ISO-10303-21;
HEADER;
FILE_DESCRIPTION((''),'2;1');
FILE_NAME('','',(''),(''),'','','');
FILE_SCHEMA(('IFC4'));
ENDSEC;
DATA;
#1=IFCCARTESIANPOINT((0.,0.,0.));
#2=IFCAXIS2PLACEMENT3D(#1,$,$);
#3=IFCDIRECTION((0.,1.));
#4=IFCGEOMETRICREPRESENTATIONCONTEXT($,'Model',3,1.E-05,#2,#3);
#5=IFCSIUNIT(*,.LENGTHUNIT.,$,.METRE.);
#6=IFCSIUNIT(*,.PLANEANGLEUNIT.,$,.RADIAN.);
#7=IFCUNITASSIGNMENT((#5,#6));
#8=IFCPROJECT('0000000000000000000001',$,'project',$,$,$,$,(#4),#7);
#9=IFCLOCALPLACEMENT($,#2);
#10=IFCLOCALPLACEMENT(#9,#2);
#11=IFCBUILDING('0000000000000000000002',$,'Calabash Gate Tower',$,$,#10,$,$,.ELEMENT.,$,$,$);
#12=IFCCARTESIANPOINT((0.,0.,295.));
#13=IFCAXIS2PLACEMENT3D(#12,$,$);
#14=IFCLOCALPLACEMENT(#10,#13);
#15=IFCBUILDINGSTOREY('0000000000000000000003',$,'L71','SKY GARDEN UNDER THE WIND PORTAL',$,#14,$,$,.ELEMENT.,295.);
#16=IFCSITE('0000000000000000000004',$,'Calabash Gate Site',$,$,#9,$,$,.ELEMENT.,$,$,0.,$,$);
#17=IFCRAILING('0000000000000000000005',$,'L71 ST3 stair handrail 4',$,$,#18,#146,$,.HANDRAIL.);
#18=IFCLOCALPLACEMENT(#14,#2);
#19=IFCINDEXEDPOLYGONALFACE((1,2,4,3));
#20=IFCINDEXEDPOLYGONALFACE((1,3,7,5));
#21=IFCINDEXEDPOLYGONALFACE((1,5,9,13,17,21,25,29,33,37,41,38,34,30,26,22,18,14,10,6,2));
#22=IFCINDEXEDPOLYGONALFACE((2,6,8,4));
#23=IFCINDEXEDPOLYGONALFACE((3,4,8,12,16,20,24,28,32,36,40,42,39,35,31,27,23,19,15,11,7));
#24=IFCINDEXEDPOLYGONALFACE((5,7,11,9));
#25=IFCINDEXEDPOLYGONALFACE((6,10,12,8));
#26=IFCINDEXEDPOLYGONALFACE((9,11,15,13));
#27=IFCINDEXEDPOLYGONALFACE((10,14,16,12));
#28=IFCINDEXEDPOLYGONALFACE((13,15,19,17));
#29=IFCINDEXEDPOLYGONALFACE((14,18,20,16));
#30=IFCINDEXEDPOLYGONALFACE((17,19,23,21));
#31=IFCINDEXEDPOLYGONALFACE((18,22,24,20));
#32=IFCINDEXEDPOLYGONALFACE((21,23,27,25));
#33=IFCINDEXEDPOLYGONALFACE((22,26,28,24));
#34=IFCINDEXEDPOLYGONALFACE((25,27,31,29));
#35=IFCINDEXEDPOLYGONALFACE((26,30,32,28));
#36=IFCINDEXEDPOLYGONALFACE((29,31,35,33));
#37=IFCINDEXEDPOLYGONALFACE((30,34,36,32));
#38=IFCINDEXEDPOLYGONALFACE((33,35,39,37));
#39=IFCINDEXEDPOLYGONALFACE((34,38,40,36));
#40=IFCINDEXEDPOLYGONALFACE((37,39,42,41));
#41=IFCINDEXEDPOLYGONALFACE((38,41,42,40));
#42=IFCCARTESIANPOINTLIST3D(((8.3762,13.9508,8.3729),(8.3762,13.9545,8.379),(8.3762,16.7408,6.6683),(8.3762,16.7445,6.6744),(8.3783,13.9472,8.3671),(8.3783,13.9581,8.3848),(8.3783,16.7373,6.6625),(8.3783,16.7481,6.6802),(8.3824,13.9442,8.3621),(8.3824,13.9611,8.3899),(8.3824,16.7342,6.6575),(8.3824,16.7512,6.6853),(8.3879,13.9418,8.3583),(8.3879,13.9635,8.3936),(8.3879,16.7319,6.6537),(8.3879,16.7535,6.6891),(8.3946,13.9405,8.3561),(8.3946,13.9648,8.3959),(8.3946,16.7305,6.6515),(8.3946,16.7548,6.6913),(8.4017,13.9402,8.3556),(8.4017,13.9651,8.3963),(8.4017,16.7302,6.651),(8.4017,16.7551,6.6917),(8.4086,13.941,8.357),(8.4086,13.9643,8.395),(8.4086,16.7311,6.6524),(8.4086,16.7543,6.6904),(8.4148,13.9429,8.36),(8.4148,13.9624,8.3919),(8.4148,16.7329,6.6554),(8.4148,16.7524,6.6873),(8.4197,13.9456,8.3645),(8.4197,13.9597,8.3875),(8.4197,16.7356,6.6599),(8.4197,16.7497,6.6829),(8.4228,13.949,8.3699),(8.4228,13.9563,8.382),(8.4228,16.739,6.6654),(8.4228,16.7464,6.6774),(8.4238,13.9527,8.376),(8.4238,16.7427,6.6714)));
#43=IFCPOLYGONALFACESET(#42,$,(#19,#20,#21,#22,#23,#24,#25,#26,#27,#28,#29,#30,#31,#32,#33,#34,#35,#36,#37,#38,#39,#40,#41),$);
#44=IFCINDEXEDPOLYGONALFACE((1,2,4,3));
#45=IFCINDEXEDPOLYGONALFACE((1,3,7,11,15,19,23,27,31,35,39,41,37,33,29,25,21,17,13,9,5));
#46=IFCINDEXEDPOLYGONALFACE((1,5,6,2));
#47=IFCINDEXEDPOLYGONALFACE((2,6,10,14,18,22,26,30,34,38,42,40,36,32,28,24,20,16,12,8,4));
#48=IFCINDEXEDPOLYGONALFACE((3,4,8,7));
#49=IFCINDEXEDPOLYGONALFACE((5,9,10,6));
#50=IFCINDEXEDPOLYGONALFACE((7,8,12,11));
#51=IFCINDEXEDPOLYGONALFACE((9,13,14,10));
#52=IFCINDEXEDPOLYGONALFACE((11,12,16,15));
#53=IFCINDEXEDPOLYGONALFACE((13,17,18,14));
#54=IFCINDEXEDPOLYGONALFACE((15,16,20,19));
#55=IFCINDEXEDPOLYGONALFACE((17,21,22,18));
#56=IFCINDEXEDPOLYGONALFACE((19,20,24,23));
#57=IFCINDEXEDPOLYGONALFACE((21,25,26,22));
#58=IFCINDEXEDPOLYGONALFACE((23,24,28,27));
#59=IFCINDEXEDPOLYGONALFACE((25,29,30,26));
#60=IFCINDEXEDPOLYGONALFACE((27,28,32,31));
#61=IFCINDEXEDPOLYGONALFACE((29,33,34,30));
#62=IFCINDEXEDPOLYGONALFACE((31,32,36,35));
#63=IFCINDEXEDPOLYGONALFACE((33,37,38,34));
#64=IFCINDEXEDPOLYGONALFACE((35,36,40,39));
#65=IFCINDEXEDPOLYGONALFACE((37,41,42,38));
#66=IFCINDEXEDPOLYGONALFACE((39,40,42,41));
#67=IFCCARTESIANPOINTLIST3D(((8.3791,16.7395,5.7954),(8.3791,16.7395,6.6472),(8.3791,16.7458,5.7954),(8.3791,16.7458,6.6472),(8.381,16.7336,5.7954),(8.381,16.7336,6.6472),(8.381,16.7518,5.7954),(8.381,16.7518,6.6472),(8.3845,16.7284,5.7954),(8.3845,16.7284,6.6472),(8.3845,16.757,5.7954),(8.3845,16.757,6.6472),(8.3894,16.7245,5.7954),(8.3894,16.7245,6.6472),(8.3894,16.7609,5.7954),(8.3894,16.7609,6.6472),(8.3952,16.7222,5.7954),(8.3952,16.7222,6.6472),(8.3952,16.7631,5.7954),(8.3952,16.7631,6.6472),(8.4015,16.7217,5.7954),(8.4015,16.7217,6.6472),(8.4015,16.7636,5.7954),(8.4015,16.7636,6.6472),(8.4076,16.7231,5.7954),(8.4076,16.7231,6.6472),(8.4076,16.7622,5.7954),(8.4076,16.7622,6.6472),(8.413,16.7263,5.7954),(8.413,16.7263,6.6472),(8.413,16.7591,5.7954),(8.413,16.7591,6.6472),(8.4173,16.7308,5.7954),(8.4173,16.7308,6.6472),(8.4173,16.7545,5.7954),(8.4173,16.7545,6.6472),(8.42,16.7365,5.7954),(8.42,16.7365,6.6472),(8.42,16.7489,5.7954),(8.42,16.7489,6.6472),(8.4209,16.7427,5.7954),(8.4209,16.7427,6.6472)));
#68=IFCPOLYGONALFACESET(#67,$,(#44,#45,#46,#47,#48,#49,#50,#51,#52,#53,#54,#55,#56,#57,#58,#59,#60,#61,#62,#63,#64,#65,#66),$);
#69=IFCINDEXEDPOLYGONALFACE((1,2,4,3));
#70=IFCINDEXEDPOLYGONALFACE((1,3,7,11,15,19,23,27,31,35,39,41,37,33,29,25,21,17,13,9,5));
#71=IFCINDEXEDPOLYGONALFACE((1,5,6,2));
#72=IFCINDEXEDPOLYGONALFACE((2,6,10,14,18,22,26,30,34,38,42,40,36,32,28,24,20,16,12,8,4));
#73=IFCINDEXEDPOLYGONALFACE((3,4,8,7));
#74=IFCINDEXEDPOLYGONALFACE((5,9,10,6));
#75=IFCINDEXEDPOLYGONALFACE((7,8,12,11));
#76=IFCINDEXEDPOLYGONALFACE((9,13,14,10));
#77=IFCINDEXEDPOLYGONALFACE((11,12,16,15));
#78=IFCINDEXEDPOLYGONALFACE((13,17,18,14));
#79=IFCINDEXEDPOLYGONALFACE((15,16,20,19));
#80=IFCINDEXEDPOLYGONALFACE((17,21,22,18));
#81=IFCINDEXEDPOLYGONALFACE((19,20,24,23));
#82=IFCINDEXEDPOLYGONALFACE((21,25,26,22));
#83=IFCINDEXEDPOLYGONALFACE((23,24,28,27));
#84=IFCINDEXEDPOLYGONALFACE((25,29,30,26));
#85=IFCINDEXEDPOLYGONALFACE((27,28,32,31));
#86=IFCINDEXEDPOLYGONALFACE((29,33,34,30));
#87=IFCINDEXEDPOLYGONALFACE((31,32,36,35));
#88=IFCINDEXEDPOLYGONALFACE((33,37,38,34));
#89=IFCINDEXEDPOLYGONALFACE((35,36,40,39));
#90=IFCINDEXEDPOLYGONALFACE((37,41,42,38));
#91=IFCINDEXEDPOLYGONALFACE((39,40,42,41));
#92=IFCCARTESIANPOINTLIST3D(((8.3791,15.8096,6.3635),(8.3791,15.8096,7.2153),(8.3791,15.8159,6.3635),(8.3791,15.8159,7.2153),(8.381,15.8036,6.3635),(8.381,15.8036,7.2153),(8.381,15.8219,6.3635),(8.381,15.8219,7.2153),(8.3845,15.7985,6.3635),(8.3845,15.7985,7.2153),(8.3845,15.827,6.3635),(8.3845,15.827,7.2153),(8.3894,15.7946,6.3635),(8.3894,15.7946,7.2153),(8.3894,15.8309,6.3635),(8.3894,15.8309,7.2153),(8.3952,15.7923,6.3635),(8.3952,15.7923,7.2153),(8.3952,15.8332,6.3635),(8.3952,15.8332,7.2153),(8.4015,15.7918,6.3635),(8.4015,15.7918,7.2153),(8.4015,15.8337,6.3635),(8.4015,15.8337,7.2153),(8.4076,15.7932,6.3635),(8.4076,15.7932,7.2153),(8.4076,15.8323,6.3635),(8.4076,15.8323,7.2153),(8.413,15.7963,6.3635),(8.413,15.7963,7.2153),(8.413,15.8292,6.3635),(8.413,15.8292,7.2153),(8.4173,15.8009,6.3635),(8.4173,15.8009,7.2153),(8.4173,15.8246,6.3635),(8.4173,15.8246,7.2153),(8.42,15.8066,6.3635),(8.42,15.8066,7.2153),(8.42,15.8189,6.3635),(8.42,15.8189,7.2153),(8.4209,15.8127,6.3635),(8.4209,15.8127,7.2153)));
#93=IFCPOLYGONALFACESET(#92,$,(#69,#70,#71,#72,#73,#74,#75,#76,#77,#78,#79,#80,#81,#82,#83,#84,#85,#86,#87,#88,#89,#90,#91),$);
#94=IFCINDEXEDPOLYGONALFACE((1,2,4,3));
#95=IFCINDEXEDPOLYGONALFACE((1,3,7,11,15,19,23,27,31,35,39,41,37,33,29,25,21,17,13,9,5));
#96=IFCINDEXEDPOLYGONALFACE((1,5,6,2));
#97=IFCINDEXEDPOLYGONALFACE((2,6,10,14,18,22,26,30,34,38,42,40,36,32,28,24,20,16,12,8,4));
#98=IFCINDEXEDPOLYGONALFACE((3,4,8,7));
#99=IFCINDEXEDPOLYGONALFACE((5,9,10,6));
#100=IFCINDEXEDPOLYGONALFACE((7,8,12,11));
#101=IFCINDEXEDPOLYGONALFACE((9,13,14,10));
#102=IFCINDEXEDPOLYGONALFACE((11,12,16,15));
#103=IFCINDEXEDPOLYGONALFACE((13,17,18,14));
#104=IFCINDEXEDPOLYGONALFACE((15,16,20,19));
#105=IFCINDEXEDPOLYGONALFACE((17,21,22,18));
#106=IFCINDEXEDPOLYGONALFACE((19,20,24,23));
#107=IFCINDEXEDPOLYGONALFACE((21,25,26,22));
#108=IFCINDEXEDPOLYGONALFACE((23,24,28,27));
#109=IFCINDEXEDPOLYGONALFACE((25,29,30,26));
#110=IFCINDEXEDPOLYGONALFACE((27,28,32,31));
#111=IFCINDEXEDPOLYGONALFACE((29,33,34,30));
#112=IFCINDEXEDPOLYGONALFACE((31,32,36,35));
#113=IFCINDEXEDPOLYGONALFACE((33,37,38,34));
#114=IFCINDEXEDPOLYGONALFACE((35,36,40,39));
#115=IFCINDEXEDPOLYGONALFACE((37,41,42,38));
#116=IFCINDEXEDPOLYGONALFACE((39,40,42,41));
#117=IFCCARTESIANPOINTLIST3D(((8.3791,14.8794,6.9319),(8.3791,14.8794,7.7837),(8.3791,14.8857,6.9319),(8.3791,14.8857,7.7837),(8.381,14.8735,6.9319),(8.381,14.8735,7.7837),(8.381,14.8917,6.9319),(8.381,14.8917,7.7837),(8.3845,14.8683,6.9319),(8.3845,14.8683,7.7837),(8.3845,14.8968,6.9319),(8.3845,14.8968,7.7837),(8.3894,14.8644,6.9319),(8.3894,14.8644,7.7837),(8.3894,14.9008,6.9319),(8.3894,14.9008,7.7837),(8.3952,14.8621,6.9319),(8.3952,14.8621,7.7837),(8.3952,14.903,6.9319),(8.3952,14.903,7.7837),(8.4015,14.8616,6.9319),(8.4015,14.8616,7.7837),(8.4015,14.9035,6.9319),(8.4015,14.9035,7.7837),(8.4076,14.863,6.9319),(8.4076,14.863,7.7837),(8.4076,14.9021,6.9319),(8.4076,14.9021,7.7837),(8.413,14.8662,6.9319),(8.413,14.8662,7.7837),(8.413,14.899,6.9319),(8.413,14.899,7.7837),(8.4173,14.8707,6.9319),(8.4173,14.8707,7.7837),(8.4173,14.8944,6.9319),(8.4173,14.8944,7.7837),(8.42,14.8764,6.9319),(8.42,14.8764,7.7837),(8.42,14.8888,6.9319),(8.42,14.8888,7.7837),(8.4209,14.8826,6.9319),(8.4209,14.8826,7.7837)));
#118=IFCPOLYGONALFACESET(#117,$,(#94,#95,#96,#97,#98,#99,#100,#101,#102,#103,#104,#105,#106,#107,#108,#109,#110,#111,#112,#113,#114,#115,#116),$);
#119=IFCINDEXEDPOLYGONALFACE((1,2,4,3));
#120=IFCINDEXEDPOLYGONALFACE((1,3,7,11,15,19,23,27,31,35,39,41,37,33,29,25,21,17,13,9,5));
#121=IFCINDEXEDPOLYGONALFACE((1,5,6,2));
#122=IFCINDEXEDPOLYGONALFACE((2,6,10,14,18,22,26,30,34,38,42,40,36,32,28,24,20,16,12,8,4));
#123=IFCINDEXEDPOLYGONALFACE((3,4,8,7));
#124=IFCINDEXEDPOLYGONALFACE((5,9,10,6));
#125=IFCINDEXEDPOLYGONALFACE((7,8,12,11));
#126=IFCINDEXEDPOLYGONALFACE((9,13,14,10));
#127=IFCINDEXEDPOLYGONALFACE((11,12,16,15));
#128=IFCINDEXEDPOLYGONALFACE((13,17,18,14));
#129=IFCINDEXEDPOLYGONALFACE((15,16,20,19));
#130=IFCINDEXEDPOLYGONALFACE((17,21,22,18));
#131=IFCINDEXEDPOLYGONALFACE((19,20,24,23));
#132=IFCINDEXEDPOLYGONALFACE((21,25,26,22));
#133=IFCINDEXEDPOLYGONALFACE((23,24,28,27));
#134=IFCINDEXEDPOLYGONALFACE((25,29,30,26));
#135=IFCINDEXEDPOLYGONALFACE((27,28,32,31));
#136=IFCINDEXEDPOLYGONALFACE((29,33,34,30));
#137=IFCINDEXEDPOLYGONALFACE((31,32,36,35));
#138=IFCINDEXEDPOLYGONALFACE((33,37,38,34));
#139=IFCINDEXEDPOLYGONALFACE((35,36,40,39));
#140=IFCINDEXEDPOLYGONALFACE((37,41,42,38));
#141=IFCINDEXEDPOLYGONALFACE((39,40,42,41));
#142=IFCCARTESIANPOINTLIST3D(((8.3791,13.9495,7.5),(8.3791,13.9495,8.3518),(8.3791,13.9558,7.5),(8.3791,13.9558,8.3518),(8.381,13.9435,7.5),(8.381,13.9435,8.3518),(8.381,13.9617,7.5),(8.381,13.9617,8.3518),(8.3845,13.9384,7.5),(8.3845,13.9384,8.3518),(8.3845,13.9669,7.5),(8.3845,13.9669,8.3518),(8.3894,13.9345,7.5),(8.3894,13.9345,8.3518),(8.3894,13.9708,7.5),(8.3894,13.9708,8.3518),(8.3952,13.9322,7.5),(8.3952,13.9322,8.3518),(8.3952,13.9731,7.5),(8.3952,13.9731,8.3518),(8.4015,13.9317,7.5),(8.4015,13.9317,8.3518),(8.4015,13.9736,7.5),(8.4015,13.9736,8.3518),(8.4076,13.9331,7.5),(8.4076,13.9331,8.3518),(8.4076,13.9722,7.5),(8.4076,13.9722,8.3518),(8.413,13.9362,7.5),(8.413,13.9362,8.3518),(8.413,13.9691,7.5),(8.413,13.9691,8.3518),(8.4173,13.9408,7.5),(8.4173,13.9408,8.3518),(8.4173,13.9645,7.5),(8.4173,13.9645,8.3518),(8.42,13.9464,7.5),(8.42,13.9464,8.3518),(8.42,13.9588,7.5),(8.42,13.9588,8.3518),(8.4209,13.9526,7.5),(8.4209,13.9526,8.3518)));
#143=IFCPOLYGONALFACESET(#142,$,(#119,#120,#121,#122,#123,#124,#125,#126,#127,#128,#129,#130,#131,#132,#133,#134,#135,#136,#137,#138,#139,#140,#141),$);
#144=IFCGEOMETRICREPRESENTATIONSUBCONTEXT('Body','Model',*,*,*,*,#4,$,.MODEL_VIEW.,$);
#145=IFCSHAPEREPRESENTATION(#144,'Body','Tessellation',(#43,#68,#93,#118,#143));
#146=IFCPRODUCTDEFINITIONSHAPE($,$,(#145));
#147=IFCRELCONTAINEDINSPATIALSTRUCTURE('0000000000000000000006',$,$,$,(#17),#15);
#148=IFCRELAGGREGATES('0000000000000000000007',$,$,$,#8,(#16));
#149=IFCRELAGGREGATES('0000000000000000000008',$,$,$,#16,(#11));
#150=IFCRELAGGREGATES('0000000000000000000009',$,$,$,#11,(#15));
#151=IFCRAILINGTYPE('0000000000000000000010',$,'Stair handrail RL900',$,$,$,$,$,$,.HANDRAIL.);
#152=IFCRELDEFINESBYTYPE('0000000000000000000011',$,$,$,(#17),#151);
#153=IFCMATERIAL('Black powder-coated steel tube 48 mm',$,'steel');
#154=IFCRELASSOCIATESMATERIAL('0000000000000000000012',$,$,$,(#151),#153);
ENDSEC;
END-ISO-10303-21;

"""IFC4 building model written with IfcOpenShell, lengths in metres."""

from ifc_helpers import new_model, si_unit, direction, frame, origin, origin_2d, place, context, subcontext, project, spatial, circle, extrude, material, type_object, element, save


model = new_model("IFC4")

# Units and contexts
model_context = context("Model", 3, precision=1e-05, world=origin(), true_north=direction((0.0, 1.0)))
body_context = subcontext(model_context, "Body", "Model", "MODEL_VIEW")
ifc_project = project(units=[si_unit("LENGTHUNIT", "METRE"), si_unit("PLANEANGLEUNIT", "RADIAN")], contexts=[model_context])

# Site, building, storey
site_placement = place(None, origin())
site = spatial("IfcSite", under=ifc_project, at=site_placement, Name="Calabash Gate Site", CompositionType="ELEMENT", RefElevation=0.0)
building_placement = place(site_placement, origin())
building = spatial("IfcBuilding", under=site, at=building_placement, Name="Calabash Gate Tower", CompositionType="ELEMENT")
storey_placement = place(building_placement, frame((0.0, 0.0, 295.0)))
storey = spatial("IfcBuildingStorey", under=building, at=storey_placement, Name="L71", Description="SKY GARDEN UNDER THE WIND PORTAL", CompositionType="ELEMENT", Elevation=295.0)

# Railing
ifc_material_1 = material(Name="Black powder-coated steel tube 48 mm", Category="steel")
railing_type = type_object("IfcRailingType", Name="Stair handrail RL900", PredefinedType="HANDRAIL", material=ifc_material_1)
for number, where, name in (
    (1, (8.3999, 16.7427, 5.7954), "L71 ST3 stair handrail 4"),
):
    element("IfcRailing", number, at=place(storey_placement, frame(where)), inside=storey, type_object=railing_type, Name=name, PredefinedType="HANDRAIL", context=body_context, shape_type="SweptSolid", body=[
        extrude(circle(Radius=0.0239, at=origin_2d()), frame((0.0, 0.0, 0.876), z_axis=(0.0, -0.853341, 0.521353), x_axis=(1.0, 0.0, 0.0)), (0.0, 0.0, 1.0), 3.2695),
        extrude(circle(Radius=0.021, at=origin_2d()), origin(), (0.0, 0.0, 1.0), 0.8518),
        extrude(circle(Radius=0.021, at=origin_2d()), frame((0.0, -0.9299, 0.5681)), (0.0, 0.0, 1.0), 0.8518),
        extrude(circle(Radius=0.021, at=origin_2d()), frame((0.0, -1.8601, 1.1365)), (0.0, 0.0, 1.0), 0.8518),
        extrude(circle(Radius=0.021, at=origin_2d()), frame((0.0, -2.79, 1.7046)), (0.0, 0.0, 1.0), 0.8518),
    ])

save(model, "model.ifc")
